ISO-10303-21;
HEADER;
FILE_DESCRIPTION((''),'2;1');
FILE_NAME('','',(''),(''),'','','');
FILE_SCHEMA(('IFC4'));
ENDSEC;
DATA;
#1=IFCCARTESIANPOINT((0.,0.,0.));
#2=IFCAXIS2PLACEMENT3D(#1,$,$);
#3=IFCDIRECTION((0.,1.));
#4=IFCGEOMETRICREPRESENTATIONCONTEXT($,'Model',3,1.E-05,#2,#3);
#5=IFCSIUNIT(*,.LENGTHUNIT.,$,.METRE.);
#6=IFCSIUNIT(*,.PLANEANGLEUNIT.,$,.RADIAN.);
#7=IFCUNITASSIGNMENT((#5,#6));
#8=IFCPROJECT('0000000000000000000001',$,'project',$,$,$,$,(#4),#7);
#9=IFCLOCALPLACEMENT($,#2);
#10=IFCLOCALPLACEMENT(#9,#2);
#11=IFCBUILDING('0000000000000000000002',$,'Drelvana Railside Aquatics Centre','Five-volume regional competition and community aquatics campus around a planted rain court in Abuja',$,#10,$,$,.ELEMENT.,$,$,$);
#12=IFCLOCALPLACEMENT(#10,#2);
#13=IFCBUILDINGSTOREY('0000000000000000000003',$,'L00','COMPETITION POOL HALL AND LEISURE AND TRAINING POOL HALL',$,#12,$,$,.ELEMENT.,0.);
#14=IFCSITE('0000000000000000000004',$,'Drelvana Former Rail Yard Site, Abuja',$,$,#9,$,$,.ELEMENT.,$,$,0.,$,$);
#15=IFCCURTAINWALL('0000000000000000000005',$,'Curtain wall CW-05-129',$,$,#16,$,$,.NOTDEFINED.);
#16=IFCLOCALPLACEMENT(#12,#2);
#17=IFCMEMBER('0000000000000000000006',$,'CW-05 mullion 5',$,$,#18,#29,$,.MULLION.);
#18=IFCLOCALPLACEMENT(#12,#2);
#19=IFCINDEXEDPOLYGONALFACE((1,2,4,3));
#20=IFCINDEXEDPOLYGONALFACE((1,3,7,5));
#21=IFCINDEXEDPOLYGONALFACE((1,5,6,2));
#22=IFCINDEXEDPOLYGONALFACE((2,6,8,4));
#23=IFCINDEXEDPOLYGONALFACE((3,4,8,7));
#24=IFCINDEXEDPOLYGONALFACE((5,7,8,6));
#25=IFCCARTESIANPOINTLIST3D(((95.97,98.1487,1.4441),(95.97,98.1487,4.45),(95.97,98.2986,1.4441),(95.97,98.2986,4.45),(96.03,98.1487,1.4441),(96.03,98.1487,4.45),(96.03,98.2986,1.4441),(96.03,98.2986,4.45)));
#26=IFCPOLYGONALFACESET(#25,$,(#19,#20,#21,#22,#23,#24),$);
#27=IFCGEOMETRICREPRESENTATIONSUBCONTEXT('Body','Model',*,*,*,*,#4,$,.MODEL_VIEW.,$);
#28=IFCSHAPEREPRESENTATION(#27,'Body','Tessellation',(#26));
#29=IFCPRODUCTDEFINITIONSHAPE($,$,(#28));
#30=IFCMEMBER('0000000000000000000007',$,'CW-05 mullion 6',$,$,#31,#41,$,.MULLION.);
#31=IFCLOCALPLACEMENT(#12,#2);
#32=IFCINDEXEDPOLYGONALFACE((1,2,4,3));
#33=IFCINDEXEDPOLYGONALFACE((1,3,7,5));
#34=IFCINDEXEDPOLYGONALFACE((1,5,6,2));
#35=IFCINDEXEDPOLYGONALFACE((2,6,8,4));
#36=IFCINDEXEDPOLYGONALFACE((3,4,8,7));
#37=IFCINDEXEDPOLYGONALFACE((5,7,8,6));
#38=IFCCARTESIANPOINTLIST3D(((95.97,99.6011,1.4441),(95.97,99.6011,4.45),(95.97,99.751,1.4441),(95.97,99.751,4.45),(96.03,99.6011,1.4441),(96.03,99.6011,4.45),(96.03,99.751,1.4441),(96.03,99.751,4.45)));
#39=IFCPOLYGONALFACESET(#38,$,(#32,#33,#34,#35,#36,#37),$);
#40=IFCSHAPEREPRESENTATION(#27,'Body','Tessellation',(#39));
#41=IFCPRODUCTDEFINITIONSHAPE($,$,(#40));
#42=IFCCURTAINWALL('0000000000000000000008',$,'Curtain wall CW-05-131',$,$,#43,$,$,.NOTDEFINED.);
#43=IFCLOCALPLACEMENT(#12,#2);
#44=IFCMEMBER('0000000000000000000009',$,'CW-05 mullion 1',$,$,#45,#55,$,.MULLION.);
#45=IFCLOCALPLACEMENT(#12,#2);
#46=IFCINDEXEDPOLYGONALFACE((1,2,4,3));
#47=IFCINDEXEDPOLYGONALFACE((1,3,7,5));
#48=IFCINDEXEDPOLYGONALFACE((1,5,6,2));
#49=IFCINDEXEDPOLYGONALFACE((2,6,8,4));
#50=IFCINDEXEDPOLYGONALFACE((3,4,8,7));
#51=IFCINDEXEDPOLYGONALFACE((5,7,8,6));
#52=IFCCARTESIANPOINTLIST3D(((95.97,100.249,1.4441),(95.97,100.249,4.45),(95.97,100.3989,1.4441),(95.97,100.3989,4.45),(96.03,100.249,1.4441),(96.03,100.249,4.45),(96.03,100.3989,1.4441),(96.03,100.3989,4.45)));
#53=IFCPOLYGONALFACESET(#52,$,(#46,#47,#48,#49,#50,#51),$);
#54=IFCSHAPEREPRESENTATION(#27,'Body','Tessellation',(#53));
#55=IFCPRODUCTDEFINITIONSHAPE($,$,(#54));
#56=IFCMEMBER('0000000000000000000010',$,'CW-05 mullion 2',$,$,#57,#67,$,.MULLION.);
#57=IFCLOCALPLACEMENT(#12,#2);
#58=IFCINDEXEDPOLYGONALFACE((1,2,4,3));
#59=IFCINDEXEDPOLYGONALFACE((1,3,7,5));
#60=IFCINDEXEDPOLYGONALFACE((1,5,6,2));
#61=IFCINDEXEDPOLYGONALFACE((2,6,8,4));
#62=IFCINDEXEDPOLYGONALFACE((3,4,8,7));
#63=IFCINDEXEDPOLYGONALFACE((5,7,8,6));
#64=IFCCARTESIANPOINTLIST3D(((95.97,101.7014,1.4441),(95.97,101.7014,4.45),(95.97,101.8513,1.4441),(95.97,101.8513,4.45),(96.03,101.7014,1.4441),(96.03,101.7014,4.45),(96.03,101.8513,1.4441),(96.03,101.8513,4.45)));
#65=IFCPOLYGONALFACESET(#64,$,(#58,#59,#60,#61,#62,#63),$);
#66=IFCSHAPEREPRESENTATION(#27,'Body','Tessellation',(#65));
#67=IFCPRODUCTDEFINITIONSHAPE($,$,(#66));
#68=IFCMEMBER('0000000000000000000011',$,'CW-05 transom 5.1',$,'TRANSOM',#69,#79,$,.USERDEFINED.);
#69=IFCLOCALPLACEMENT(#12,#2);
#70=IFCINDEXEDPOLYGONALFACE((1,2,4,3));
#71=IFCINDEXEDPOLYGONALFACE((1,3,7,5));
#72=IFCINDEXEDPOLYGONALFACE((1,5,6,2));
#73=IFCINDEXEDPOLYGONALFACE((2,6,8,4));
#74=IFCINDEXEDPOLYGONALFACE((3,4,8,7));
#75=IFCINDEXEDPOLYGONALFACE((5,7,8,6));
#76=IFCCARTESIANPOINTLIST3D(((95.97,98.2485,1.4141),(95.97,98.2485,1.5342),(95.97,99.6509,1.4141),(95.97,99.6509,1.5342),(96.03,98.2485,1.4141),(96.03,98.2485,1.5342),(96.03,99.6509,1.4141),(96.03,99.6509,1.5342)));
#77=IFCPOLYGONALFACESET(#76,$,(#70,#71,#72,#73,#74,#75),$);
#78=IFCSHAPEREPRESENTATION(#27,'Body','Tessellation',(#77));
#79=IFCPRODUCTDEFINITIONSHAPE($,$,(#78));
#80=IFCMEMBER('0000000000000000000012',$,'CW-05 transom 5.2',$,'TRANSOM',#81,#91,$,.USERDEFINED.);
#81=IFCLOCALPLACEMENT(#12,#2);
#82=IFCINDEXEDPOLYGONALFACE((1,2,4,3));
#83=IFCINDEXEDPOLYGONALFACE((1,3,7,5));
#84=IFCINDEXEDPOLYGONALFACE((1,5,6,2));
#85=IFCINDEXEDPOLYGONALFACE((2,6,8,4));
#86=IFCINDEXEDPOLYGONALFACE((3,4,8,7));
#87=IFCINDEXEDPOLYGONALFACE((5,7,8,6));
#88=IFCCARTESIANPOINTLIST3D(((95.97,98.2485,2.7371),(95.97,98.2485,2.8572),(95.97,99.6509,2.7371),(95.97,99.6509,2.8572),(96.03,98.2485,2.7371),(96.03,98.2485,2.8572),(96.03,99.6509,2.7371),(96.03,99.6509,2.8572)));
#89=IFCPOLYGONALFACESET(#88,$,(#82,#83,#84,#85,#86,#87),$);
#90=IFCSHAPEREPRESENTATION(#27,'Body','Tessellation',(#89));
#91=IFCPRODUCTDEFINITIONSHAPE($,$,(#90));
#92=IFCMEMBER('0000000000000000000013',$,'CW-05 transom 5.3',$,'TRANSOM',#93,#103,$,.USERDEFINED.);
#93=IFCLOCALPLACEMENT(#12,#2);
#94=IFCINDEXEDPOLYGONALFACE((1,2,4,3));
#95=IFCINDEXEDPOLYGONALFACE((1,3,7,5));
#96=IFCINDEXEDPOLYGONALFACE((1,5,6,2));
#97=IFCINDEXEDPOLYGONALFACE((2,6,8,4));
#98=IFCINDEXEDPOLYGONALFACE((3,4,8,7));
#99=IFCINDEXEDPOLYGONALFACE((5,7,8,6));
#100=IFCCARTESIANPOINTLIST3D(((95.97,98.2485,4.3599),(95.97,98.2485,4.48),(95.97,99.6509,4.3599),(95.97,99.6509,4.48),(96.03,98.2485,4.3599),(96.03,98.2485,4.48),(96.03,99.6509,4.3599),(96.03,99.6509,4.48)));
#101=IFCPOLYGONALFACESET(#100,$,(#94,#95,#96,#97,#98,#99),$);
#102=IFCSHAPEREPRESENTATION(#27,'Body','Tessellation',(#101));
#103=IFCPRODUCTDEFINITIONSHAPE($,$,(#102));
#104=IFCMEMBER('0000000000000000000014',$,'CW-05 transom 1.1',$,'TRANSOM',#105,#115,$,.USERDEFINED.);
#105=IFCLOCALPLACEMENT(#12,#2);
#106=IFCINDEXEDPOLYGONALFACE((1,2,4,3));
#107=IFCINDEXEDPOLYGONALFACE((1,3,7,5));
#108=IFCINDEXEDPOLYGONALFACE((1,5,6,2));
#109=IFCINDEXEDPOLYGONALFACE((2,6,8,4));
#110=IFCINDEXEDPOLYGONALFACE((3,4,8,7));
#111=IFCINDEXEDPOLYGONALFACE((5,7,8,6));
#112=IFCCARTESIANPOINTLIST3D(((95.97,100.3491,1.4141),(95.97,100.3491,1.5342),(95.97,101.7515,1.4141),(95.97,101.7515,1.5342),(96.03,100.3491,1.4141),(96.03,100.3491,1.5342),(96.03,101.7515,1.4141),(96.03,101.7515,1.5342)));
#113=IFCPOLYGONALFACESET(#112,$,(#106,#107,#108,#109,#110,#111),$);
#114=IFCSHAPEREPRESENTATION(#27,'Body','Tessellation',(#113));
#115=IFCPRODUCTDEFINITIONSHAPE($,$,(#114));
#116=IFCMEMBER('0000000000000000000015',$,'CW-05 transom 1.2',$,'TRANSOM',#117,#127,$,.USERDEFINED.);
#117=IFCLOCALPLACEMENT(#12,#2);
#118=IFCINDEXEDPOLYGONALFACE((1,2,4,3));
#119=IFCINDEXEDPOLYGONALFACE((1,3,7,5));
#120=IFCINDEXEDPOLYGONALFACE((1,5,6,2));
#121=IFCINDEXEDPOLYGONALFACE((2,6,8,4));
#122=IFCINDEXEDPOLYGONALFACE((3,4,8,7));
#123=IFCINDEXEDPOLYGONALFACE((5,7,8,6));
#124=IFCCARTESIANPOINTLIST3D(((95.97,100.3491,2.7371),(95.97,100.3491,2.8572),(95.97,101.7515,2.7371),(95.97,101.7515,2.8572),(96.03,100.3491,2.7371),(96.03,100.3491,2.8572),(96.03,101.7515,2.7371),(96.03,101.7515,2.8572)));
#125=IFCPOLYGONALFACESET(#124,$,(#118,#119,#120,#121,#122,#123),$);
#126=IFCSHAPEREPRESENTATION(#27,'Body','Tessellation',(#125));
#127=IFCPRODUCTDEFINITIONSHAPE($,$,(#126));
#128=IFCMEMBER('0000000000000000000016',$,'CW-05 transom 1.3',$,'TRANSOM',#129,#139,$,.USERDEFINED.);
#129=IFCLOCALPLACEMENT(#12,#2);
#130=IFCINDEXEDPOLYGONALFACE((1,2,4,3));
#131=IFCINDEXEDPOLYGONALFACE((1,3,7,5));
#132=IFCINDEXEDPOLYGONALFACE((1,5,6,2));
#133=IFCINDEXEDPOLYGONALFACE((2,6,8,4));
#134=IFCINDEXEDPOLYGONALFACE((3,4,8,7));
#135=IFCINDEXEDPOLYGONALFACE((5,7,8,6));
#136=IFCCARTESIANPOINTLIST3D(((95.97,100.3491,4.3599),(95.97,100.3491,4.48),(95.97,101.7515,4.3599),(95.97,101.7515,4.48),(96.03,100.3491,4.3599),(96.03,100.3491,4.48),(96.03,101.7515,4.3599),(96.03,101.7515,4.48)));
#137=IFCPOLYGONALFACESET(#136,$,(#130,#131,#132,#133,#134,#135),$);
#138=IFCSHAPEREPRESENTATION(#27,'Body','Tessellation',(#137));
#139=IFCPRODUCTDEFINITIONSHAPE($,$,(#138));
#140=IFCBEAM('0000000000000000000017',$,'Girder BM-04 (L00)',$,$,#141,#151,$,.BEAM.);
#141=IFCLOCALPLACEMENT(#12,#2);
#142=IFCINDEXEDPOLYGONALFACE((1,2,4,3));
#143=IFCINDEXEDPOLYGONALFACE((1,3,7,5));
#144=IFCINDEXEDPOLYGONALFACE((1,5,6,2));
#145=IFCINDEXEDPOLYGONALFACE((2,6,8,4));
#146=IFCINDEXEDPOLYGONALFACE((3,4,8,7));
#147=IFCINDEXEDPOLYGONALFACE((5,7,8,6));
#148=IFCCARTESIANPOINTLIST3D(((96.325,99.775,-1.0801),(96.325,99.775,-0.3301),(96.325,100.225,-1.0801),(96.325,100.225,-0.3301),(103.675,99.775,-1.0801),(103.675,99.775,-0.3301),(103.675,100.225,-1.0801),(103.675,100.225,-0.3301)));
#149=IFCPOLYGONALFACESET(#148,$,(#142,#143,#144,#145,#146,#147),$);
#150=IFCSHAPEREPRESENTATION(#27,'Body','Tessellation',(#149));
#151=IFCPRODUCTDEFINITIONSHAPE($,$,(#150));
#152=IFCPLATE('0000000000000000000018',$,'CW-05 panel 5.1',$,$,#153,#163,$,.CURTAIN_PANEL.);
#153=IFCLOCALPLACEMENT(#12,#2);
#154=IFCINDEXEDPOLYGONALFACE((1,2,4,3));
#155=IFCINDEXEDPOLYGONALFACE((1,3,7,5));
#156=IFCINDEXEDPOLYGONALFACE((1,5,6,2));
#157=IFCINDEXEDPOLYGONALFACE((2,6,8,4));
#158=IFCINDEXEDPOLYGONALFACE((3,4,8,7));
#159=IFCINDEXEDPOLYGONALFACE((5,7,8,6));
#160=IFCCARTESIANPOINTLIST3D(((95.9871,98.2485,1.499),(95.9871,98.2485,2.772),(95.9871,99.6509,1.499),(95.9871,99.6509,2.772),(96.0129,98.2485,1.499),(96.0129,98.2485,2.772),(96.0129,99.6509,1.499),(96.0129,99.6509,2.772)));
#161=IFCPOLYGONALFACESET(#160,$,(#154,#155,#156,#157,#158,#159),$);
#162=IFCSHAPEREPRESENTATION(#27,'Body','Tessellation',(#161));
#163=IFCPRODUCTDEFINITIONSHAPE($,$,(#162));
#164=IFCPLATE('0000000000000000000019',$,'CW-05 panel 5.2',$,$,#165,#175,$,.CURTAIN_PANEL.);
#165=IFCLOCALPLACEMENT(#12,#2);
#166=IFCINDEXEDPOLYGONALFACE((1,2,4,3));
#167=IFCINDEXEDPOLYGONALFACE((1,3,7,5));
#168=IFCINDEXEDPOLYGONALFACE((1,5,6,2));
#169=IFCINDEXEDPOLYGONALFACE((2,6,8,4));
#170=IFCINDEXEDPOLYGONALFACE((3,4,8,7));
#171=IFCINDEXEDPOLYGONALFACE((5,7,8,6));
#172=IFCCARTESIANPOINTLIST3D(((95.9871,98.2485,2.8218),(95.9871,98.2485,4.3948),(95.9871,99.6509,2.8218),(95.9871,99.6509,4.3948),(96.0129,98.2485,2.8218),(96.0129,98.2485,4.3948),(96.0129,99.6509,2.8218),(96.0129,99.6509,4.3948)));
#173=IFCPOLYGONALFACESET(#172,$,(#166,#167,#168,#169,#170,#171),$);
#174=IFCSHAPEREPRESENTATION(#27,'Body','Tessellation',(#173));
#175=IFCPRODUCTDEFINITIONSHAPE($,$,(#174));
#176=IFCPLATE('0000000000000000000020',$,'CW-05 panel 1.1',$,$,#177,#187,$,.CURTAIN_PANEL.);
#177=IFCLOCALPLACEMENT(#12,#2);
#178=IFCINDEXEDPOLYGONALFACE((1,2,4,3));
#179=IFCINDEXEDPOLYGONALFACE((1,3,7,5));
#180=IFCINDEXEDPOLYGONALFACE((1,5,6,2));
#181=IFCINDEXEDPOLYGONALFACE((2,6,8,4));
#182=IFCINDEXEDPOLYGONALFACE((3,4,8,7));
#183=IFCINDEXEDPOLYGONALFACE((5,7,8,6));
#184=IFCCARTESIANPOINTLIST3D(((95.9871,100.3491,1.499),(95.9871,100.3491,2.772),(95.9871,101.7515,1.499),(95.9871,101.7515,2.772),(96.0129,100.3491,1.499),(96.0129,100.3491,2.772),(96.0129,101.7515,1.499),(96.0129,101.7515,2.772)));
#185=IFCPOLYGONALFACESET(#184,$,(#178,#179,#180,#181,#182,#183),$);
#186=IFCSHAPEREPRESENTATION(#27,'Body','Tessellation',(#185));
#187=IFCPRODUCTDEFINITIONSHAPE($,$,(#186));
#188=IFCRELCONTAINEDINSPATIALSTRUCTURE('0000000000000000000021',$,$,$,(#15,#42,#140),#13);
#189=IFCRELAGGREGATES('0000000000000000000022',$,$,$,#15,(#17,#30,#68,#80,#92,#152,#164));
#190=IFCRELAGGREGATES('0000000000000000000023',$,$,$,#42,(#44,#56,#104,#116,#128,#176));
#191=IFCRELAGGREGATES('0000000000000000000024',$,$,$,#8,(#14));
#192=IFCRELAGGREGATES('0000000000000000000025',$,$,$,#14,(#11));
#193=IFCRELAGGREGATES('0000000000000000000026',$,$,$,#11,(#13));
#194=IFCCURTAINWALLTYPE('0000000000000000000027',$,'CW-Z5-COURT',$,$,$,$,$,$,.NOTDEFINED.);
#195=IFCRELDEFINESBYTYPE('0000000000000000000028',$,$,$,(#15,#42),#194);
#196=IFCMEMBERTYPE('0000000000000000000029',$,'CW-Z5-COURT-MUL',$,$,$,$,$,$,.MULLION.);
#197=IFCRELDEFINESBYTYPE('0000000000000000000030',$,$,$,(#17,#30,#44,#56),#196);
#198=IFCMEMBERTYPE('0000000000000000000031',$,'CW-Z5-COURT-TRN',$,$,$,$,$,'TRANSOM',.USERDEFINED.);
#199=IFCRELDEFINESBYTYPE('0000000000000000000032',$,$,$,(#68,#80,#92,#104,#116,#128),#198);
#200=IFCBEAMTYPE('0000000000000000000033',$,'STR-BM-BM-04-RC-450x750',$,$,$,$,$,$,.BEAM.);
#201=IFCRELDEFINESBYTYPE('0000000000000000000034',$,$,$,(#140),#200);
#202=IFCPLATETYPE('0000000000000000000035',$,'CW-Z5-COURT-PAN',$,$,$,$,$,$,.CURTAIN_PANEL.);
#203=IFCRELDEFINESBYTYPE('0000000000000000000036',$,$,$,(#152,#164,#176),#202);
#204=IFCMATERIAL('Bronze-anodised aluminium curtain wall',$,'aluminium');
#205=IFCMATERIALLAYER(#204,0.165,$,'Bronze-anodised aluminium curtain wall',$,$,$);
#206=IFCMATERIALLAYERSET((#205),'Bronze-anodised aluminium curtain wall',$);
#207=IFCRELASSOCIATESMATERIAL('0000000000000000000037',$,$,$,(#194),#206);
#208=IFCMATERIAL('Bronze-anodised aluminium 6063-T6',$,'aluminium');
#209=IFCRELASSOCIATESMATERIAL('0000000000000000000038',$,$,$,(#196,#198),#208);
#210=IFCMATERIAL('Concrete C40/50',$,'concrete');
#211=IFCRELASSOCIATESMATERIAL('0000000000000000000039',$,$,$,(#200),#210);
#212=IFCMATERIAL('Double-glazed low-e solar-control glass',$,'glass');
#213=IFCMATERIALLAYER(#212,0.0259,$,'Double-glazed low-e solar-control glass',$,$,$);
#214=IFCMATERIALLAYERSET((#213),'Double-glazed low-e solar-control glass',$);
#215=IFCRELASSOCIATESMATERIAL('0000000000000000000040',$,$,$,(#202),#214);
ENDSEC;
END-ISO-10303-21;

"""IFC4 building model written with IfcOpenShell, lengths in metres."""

from ifc_helpers import new_model, si_unit, direction, frame, origin, origin_2d, place, context, subcontext, project, spatial, rectangle, extrude, material, layer, layer_set, material_profile, profile_set, type_object, element, aggregate, save


model = new_model("IFC4")

# Units and contexts
model_context = context("Model", 3, precision=1e-05, world=origin(), true_north=direction((0.0, 1.0)))
body_context = subcontext(model_context, "Body", "Model", "MODEL_VIEW")
ifc_project = project(units=[si_unit("LENGTHUNIT", "METRE"), si_unit("PLANEANGLEUNIT", "RADIAN")], contexts=[model_context])

# Site, building, storey
site_placement = place(None, origin())
site = spatial("IfcSite", under=ifc_project, at=site_placement, Name="Drelvana Former Rail Yard Site, Abuja", CompositionType="ELEMENT", RefElevation=0.0)
building_placement = place(site_placement, origin())
building = spatial("IfcBuilding", under=site, at=building_placement, Name="Drelvana Railside Aquatics Centre", Description="Five-volume regional competition and community aquatics campus around a planted rain court in Abuja", CompositionType="ELEMENT")
storey_placement = place(building_placement, origin())
storey = spatial("IfcBuildingStorey", under=building, at=storey_placement, Name="L00", Description="COMPETITION POOL HALL AND LEISURE AND TRAINING POOL HALL", CompositionType="ELEMENT", Elevation=0.0)

# Curtain walls, members
ifc_material_1 = material(Name="Bronze-anodised aluminium curtain wall", Category="aluminium")
ifc_layer_1 = layer(ifc_material_1, 0.165, Name="Bronze-anodised aluminium curtain wall")
ifc_layer_set_1 = layer_set([ifc_layer_1], Name="Bronze-anodised aluminium curtain wall")
curtain_wall_type = type_object("IfcCurtainWallType", Name="CW-Z5-COURT", PredefinedType="NOTDEFINED", material=ifc_layer_set_1)
curtain_wall_1_placement = place(storey_placement, origin())
curtain_wall_1 = element("IfcCurtainWall", 1, at=curtain_wall_1_placement, inside=storey, type_object=curtain_wall_type, Name="Curtain wall CW-05-129", PredefinedType="NOTDEFINED")
ifc_material_2 = material(Name="Bronze-anodised aluminium 6063-T6", Category="aluminium")
ifc_material_profile_1 = material_profile(ifc_material_2, rectangle(XDim=0.0601, YDim=0.1499, at=origin_2d()), Name="ALU-M 60x150")
ifc_profile_set_1 = profile_set([ifc_material_profile_1], Name="Bronze-anodised aluminium 6063-T6")
member_type_1 = type_object("IfcMemberType", Name="CW-Z5-COURT-MUL", PredefinedType="MULLION", material=ifc_profile_set_1)
member_1_placement = place(storey_placement, frame((96.0, 98.2236, 1.4441), z_axis=(0.0, 0.0, 1.0), x_axis=(-1.0, 0.0, 0.0)))
member_1 = element("IfcMember", 2, at=member_1_placement, type_object=member_type_1, Name="CW-05 mullion 5", PredefinedType="MULLION", context=body_context, shape_type="SweptSolid", body=[
    extrude(rectangle(XDim=0.0601, YDim=0.1499, at=origin_2d()), origin(), (0.0, 0.0, 1.0), 3.0059),
])
member_2_placement = place(storey_placement, frame((96.0, 99.676, 1.4441), z_axis=(0.0, 0.0, 1.0), x_axis=(-1.0, 0.0, 0.0)))
member_2 = element("IfcMember", 3, at=member_2_placement, type_object=member_type_1, Name="CW-05 mullion 6", PredefinedType="MULLION", context=body_context, shape_type="SweptSolid", body=[
    extrude(rectangle(XDim=0.0601, YDim=0.1499, at=origin_2d()), origin(), (0.0, 0.0, 1.0), 3.0059),
])
curtain_wall_2_placement = place(storey_placement, origin())
curtain_wall_2 = element("IfcCurtainWall", 4, at=curtain_wall_2_placement, inside=storey, type_object=curtain_wall_type, Name="Curtain wall CW-05-131", PredefinedType="NOTDEFINED")
member_3_placement = place(storey_placement, frame((96.0, 100.324, 1.4441), z_axis=(0.0, 0.0, 1.0), x_axis=(-1.0, 0.0, 0.0)))
member_3 = element("IfcMember", 5, at=member_3_placement, type_object=member_type_1, Name="CW-05 mullion 1", PredefinedType="MULLION", context=body_context, shape_type="SweptSolid", body=[
    extrude(rectangle(XDim=0.0601, YDim=0.1499, at=origin_2d()), origin(), (0.0, 0.0, 1.0), 3.0059),
])
member_4_placement = place(storey_placement, frame((96.0, 101.7764, 1.4441), z_axis=(0.0, 0.0, 1.0), x_axis=(-1.0, 0.0, 0.0)))
member_4 = element("IfcMember", 6, at=member_4_placement, type_object=member_type_1, Name="CW-05 mullion 2", PredefinedType="MULLION", context=body_context, shape_type="SweptSolid", body=[
    extrude(rectangle(XDim=0.0601, YDim=0.1499, at=origin_2d()), origin(), (0.0, 0.0, 1.0), 3.0059),
])

# Members
ifc_material_profile_2 = material_profile(ifc_material_2, rectangle(XDim=0.1201, YDim=0.0601, at=origin_2d()), Name="ALU-T 60x120")
ifc_profile_set_2 = profile_set([ifc_material_profile_2], Name="Bronze-anodised aluminium 6063-T6")
member_type_2 = type_object("IfcMemberType", Name="CW-Z5-COURT-TRN", ElementType="TRANSOM", PredefinedType="USERDEFINED", material=ifc_profile_set_2)
member_5_placement = place(storey_placement, frame((96.0, 98.2485, 1.4741), z_axis=(0.0, 1.0, 0.0), x_axis=(0.0, 0.0, 1.0)))
member_5 = element("IfcMember", 7, at=member_5_placement, type_object=member_type_2, Name="CW-05 transom 5.1", ObjectType="TRANSOM", PredefinedType="USERDEFINED", context=body_context, shape_type="SweptSolid", body=[
    extrude(rectangle(XDim=0.1201, YDim=0.0601, at=origin_2d()), origin(), (0.0, 0.0, 1.0), 1.4023),
])
member_6_placement = place(storey_placement, frame((96.0, 98.2485, 2.7971), z_axis=(0.0, 1.0, 0.0), x_axis=(0.0, 0.0, 1.0)))
member_6 = element("IfcMember", 8, at=member_6_placement, type_object=member_type_2, Name="CW-05 transom 5.2", ObjectType="TRANSOM", PredefinedType="USERDEFINED", context=body_context, shape_type="SweptSolid", body=[
    extrude(rectangle(XDim=0.1201, YDim=0.0601, at=origin_2d()), origin(), (0.0, 0.0, 1.0), 1.4023),
])
member_7_placement = place(storey_placement, frame((96.0, 98.2485, 4.4199), z_axis=(0.0, 1.0, 0.0), x_axis=(0.0, 0.0, 1.0)))
member_7 = element("IfcMember", 9, at=member_7_placement, type_object=member_type_2, Name="CW-05 transom 5.3", ObjectType="TRANSOM", PredefinedType="USERDEFINED", context=body_context, shape_type="SweptSolid", body=[
    extrude(rectangle(XDim=0.1201, YDim=0.0601, at=origin_2d()), origin(), (0.0, 0.0, 1.0), 1.4023),
])
member_8_placement = place(storey_placement, frame((96.0, 100.3491, 1.4741), z_axis=(0.0, 1.0, 0.0), x_axis=(0.0, 0.0, 1.0)))
member_8 = element("IfcMember", 10, at=member_8_placement, type_object=member_type_2, Name="CW-05 transom 1.1", ObjectType="TRANSOM", PredefinedType="USERDEFINED", context=body_context, shape_type="SweptSolid", body=[
    extrude(rectangle(XDim=0.1201, YDim=0.0601, at=origin_2d()), origin(), (0.0, 0.0, 1.0), 1.4023),
])
member_9_placement = place(storey_placement, frame((96.0, 100.3491, 2.7971), z_axis=(0.0, 1.0, 0.0), x_axis=(0.0, 0.0, 1.0)))
member_9 = element("IfcMember", 11, at=member_9_placement, type_object=member_type_2, Name="CW-05 transom 1.2", ObjectType="TRANSOM", PredefinedType="USERDEFINED", context=body_context, shape_type="SweptSolid", body=[
    extrude(rectangle(XDim=0.1201, YDim=0.0601, at=origin_2d()), origin(), (0.0, 0.0, 1.0), 1.4023),
])
member_10_placement = place(storey_placement, frame((96.0, 100.3491, 4.4199), z_axis=(0.0, 1.0, 0.0), x_axis=(0.0, 0.0, 1.0)))
member_10 = element("IfcMember", 12, at=member_10_placement, type_object=member_type_2, Name="CW-05 transom 1.3", ObjectType="TRANSOM", PredefinedType="USERDEFINED", context=body_context, shape_type="SweptSolid", body=[
    extrude(rectangle(XDim=0.1201, YDim=0.0601, at=origin_2d()), origin(), (0.0, 0.0, 1.0), 1.4023),
])

# Beam
ifc_material_3 = material(Name="Concrete C40/50", Category="concrete")
ifc_material_profile_3 = material_profile(ifc_material_3, rectangle(XDim=0.45, YDim=0.75, at=origin_2d()), Name="RC 450x750")
ifc_profile_set_3 = profile_set([ifc_material_profile_3], Name="Concrete C40/50")
beam_type = type_object("IfcBeamType", Name="STR-BM-BM-04-RC-450x750", PredefinedType="BEAM", material=ifc_profile_set_3)
beam_placement = place(storey_placement, frame((96.325, 100.0, -0.7051), z_axis=(1.0, 0.0, 0.0), x_axis=(0.0, 1.0, 0.0)))
element("IfcBeam", 13, at=beam_placement, inside=storey, type_object=beam_type, Name="Girder BM-04 (L00)", PredefinedType="BEAM", context=body_context, shape_type="SweptSolid", body=[
    extrude(rectangle(XDim=0.45, YDim=0.75, at=origin_2d()), origin(), (0.0, 0.0, 1.0), 7.3501),
])

# Plates
ifc_material_4 = material(Name="Double-glazed low-e solar-control glass", Category="glass")
ifc_layer_2 = layer(ifc_material_4, 0.0259, Name="Double-glazed low-e solar-control glass")
ifc_layer_set_2 = layer_set([ifc_layer_2], Name="Double-glazed low-e solar-control glass")
plate_type = type_object("IfcPlateType", Name="CW-Z5-COURT-PAN", PredefinedType="CURTAIN_PANEL", material=ifc_layer_set_2)
plate_1_placement = place(storey_placement, frame((96.0, 98.9497, 1.499), z_axis=(0.0, 0.0, 1.0), x_axis=(0.0, 1.0, 0.0)))
plate_1 = element("IfcPlate", 14, at=plate_1_placement, type_object=plate_type, Name="CW-05 panel 5.1", PredefinedType="CURTAIN_PANEL", context=body_context, shape_type="SweptSolid", body=[
    extrude(rectangle(XDim=1.4023, YDim=0.0259, at=origin_2d()), origin(), (0.0, 0.0, 1.0), 1.2729),
])
plate_2_placement = place(storey_placement, frame((96.0, 98.9497, 2.8218), z_axis=(0.0, 0.0, 1.0), x_axis=(0.0, 1.0, 0.0)))
plate_2 = element("IfcPlate", 15, at=plate_2_placement, type_object=plate_type, Name="CW-05 panel 5.2", PredefinedType="CURTAIN_PANEL", context=body_context, shape_type="SweptSolid", body=[
    extrude(rectangle(XDim=1.4023, YDim=0.0259, at=origin_2d()), origin(), (0.0, 0.0, 1.0), 1.573),
])
aggregate(curtain_wall_1, [member_1, member_2, member_5, member_6, member_7, plate_1, plate_2])
plate_3_placement = place(storey_placement, frame((96.0, 101.0503, 1.499), z_axis=(0.0, 0.0, 1.0), x_axis=(0.0, 1.0, 0.0)))
plate_3 = element("IfcPlate", 16, at=plate_3_placement, type_object=plate_type, Name="CW-05 panel 1.1", PredefinedType="CURTAIN_PANEL", context=body_context, shape_type="SweptSolid", body=[
    extrude(rectangle(XDim=1.4023, YDim=0.0259, at=origin_2d()), origin(), (0.0, 0.0, 1.0), 1.2729),
])
aggregate(curtain_wall_2, [member_3, member_4, member_8, member_9, member_10, plate_3])

save(model, "model.ifc")
